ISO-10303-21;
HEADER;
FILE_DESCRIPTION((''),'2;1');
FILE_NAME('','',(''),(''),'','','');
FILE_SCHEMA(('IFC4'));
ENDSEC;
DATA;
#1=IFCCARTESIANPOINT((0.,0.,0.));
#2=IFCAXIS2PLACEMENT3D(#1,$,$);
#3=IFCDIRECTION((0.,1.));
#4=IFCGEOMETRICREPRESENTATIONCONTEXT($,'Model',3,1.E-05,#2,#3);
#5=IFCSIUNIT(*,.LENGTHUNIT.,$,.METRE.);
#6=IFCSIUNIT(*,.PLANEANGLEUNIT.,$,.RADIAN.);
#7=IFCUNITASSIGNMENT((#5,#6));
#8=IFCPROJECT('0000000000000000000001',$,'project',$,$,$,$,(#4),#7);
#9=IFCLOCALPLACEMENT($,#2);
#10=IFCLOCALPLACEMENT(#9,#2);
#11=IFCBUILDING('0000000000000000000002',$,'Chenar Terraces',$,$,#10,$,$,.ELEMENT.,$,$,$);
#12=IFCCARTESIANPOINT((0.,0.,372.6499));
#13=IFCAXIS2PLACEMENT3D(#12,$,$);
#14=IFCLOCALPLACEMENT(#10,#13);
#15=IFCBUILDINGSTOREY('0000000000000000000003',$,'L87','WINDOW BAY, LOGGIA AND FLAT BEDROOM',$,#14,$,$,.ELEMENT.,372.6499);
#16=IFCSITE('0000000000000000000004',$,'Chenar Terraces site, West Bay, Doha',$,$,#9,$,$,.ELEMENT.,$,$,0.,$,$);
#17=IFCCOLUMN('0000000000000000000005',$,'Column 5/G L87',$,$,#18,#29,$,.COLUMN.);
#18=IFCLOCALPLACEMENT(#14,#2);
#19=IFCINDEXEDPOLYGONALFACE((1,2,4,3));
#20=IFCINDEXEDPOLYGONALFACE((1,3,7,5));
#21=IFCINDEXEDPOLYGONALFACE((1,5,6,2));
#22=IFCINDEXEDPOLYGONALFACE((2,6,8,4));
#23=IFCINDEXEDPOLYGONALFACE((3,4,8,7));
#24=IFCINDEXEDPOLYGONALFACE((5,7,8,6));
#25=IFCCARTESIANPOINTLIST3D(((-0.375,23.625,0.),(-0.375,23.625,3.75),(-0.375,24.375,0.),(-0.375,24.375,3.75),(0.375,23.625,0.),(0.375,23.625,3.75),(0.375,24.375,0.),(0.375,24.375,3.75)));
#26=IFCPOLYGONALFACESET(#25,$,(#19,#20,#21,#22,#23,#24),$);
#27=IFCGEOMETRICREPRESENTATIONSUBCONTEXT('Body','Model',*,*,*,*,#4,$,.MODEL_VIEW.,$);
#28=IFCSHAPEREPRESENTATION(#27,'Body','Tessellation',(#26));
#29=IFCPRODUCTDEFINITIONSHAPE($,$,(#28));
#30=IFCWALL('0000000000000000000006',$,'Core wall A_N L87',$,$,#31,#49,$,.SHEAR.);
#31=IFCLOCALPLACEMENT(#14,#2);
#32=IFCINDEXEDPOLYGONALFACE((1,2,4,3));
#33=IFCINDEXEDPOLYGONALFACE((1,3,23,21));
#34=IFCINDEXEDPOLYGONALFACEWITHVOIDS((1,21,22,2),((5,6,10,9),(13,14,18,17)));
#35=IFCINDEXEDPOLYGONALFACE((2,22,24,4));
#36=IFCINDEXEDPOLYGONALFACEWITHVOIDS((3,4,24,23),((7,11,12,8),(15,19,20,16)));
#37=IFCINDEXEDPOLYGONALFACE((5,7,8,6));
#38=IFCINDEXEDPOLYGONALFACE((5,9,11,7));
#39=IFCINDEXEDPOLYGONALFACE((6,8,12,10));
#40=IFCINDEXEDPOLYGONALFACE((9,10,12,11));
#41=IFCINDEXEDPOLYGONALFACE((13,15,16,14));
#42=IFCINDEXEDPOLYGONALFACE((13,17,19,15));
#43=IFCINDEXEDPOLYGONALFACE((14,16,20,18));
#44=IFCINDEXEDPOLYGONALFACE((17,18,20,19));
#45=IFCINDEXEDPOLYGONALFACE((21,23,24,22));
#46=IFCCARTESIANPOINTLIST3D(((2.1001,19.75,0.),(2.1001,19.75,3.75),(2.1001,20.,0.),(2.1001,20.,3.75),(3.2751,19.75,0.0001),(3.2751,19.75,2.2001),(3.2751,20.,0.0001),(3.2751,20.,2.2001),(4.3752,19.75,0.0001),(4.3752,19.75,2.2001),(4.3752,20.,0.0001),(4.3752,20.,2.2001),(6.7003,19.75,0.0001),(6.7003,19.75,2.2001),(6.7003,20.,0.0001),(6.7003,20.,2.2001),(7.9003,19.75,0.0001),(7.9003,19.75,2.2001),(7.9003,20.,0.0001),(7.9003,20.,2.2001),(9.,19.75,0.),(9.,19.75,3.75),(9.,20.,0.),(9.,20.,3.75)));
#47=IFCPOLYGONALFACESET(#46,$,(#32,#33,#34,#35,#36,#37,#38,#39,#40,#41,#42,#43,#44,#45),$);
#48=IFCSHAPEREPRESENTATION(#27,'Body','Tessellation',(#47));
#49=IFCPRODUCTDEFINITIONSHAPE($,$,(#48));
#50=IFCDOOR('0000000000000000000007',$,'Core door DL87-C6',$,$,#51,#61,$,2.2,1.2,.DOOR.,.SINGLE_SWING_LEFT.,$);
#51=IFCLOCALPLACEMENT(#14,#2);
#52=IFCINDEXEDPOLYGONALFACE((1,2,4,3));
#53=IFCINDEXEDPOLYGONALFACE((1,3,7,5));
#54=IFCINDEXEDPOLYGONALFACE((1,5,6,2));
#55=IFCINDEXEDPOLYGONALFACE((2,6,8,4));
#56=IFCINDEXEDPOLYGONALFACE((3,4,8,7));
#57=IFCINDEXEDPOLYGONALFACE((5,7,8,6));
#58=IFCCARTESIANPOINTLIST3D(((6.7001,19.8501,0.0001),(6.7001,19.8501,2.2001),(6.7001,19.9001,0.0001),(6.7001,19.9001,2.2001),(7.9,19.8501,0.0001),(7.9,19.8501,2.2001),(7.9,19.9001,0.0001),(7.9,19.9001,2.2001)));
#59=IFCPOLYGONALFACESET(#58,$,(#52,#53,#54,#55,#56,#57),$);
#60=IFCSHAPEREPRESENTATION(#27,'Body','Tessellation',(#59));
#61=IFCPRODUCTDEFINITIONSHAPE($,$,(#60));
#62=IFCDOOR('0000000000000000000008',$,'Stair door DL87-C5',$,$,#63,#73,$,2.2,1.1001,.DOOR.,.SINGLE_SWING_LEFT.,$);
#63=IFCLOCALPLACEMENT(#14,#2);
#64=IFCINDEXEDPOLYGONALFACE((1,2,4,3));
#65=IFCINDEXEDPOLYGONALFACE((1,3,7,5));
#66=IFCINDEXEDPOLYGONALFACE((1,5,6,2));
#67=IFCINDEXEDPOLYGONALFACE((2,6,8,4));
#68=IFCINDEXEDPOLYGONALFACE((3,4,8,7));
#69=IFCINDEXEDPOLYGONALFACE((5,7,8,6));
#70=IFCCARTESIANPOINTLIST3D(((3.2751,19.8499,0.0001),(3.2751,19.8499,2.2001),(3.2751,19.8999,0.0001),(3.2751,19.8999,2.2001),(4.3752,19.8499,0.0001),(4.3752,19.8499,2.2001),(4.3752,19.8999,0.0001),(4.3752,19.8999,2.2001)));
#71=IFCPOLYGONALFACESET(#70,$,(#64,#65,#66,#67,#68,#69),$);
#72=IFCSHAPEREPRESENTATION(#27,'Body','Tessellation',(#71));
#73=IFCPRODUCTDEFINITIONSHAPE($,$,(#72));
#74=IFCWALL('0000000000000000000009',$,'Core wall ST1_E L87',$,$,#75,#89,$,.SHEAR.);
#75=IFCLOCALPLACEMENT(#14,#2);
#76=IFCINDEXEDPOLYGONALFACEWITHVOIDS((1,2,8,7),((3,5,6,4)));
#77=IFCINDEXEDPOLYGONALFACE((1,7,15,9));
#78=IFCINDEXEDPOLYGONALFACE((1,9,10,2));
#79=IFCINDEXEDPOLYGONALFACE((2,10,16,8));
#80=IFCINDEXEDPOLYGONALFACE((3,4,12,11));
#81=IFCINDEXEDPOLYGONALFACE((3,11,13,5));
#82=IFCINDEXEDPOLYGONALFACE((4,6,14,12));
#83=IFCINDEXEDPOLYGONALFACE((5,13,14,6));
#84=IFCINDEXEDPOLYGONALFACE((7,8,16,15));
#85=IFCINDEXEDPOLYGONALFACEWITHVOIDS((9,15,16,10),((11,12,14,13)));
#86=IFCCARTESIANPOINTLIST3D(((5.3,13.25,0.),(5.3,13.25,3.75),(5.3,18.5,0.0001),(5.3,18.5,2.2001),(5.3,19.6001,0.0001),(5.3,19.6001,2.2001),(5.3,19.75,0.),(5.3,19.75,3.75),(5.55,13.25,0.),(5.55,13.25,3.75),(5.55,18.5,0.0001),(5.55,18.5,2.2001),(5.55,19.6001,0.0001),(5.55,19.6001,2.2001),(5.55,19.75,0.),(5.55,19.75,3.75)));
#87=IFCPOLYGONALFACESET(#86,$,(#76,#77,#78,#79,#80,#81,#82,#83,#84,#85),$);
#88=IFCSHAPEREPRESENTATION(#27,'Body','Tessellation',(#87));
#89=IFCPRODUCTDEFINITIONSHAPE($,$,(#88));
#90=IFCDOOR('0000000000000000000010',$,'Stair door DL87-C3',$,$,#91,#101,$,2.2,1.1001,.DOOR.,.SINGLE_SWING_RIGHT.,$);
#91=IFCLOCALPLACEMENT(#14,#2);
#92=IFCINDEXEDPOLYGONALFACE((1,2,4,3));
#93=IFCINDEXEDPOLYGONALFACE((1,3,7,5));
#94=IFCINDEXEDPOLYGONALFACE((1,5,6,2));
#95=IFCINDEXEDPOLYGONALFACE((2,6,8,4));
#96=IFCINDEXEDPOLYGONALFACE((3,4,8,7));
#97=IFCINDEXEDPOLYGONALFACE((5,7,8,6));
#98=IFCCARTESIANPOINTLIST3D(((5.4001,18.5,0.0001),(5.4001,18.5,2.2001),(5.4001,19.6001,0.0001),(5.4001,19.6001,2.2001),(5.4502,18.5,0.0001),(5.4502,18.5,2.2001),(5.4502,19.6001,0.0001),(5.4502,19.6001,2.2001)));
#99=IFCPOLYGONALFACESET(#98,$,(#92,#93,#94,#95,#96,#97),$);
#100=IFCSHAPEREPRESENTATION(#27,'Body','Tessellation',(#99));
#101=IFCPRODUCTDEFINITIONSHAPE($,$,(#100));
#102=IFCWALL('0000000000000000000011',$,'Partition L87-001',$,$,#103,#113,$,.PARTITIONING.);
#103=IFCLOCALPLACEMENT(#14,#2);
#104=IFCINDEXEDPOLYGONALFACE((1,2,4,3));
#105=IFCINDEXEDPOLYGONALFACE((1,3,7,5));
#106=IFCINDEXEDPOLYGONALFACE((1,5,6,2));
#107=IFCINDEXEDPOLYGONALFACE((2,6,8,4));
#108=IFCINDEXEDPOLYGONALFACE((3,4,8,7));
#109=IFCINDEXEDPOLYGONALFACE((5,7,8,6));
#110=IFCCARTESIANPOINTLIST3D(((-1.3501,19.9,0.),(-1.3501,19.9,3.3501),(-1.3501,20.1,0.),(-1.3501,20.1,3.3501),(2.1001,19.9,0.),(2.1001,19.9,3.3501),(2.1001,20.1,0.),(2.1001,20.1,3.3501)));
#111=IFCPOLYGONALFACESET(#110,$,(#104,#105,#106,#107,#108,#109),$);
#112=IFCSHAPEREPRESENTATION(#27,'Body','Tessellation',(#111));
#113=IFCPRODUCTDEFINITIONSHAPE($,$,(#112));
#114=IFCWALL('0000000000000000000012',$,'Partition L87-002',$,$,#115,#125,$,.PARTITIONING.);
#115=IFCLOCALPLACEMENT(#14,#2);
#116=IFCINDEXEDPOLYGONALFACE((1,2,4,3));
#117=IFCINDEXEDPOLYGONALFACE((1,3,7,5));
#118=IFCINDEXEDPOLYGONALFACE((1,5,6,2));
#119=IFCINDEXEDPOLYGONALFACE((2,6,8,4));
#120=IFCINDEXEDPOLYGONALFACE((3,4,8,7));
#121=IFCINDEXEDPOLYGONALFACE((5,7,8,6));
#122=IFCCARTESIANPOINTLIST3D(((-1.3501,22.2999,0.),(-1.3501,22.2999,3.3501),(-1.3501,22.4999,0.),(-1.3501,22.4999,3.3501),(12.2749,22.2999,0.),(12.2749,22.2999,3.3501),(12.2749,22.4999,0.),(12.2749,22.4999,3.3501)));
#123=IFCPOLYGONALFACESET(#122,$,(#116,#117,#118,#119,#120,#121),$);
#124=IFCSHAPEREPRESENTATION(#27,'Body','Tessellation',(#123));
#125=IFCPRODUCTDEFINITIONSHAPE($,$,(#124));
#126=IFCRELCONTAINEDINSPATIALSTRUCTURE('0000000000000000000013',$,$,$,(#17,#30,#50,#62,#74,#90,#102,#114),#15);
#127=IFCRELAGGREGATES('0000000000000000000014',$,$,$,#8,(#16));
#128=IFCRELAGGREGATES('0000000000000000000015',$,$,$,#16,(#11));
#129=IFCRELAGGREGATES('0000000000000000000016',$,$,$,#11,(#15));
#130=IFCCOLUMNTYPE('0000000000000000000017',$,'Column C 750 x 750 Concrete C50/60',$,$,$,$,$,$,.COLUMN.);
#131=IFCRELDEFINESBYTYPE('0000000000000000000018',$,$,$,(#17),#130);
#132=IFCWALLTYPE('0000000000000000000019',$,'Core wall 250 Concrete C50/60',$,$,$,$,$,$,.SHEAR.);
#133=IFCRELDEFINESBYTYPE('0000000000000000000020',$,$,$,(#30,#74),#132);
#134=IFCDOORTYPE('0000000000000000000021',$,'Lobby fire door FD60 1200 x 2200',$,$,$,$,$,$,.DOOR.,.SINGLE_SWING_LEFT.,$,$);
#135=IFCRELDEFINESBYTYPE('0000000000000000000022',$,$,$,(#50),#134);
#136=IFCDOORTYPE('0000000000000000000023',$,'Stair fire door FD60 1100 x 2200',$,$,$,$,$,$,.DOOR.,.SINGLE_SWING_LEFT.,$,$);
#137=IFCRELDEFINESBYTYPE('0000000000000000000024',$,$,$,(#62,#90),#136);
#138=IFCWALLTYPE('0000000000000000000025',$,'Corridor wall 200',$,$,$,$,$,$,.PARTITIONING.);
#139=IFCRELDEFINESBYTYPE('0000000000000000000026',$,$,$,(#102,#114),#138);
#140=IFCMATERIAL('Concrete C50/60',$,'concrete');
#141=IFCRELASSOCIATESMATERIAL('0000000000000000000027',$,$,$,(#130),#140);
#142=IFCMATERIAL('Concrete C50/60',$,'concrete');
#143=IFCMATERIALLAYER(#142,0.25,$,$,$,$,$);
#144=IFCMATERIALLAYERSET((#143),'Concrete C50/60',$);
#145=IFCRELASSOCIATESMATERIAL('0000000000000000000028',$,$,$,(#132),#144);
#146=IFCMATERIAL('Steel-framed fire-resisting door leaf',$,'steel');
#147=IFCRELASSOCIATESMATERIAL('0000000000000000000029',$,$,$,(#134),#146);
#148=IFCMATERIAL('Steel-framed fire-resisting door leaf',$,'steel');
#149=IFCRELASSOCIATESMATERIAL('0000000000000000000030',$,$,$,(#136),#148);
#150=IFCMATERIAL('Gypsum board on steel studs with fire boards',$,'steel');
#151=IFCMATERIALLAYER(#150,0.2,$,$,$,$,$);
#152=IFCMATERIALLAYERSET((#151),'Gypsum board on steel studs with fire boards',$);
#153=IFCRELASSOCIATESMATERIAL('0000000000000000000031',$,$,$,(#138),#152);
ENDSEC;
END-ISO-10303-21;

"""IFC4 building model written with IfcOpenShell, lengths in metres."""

from ifc_helpers import new_model, si_unit, direction, frame, frame_2d, origin, origin_2d, place, context, subcontext, project, spatial, rectangle, extrude, material, layer, layer_set, material_profile, profile_set, type_object, element, fill, save


model = new_model("IFC4")

# Units and contexts
model_context = context("Model", 3, precision=1e-05, world=origin(), true_north=direction((0.0, 1.0)))
body_context = subcontext(model_context, "Body", "Model", "MODEL_VIEW")
ifc_project = project(units=[si_unit("LENGTHUNIT", "METRE"), si_unit("PLANEANGLEUNIT", "RADIAN")], contexts=[model_context])

# Site, building, storey
site_placement = place(None, origin())
site = spatial("IfcSite", under=ifc_project, at=site_placement, Name="Chenar Terraces site, West Bay, Doha", CompositionType="ELEMENT", RefElevation=0.0)
building_placement = place(site_placement, origin())
building = spatial("IfcBuilding", under=site, at=building_placement, Name="Chenar Terraces", CompositionType="ELEMENT")
storey_placement = place(building_placement, frame((0.0, 0.0, 372.6499)))
storey = spatial("IfcBuildingStorey", under=building, at=storey_placement, Name="L87", Description="WINDOW BAY, LOGGIA AND FLAT BEDROOM", CompositionType="ELEMENT", Elevation=372.6499)

# Column
ifc_material_1 = material(Name="Concrete C50/60", Category="concrete")
ifc_material_profile = material_profile(ifc_material_1, rectangle(XDim=0.75, YDim=0.75, at=origin_2d()), Name="C 750 x 750")
ifc_profile_set = profile_set([ifc_material_profile], Name="Concrete C50/60")
column_type = type_object("IfcColumnType", Name="Column C 750 x 750 Concrete C50/60", PredefinedType="COLUMN", material=ifc_profile_set)
column_placement = place(storey_placement, frame((0.0, 24.0, 0.0), z_axis=(0.0, 0.0, 1.0), x_axis=(1.0, 0.0, 0.0)))
element("IfcColumn", 1, at=column_placement, inside=storey, type_object=column_type, Name="Column 5/G L87", PredefinedType="COLUMN", context=body_context, shape_type="SweptSolid", body=[
    extrude(rectangle(XDim=0.75, YDim=0.75, at=origin_2d()), origin(), (0.0, 0.0, 1.0), 3.75),
])

# Wall, openings, doors
ifc_material_2 = material(Name="Concrete C50/60", Category="concrete")
ifc_layer_1 = layer(ifc_material_2, 0.25)
ifc_layer_set_1 = layer_set([ifc_layer_1], Name="Concrete C50/60")
wall_type_1 = type_object("IfcWallType", Name="Core wall 250 Concrete C50/60", PredefinedType="SHEAR", material=ifc_layer_set_1)
wall_1_placement = place(storey_placement, frame((2.1001, 19.875, 0.0), z_axis=(0.0, 0.0, 1.0), x_axis=(1.0, 0.0, 0.0)))
wall_1 = element("IfcWall", 2, at=wall_1_placement, inside=storey, type_object=wall_type_1, Name="Core wall A_N L87", PredefinedType="SHEAR", context=body_context, shape_type="SweptSolid", body=[
    extrude(rectangle(XDim=6.8999, YDim=0.25, at=frame_2d((3.45, 0.0))), origin(), (0.0, 0.0, 1.0), 3.75),
])
opening_1_placement = place(wall_1_placement, frame((1.175, 0.0, 0.0)))
opening_1 = element("IfcOpeningElement", 3, at=opening_1_placement, cuts=wall_1, PredefinedType="OPENING", context=body_context, shape_type="SweptSolid", body=[
    extrude(rectangle(XDim=1.1001, YDim=2.2, at=frame_2d((0.55, 1.1001))), frame((0.0, 0.135, 0.0), z_axis=(0.0, -1.0, 0.0), x_axis=(1.0, 0.0, 0.0)), (0.0, 0.0, 1.0), 0.27),
])
opening_2_placement = place(wall_1_placement, frame((4.6001, 0.0, 0.0)))
opening_2 = element("IfcOpeningElement", 4, at=opening_2_placement, cuts=wall_1, PredefinedType="OPENING", context=body_context, shape_type="SweptSolid", body=[
    extrude(rectangle(XDim=1.2, YDim=2.2, at=frame_2d((0.6001, 1.1001))), frame((0.0, 0.135, 0.0), z_axis=(0.0, -1.0, 0.0), x_axis=(1.0, 0.0, 0.0)), (0.0, 0.0, 1.0), 0.27),
])
ifc_material_3 = material(Name="Steel-framed fire-resisting door leaf", Category="steel")
door_type_1 = type_object("IfcDoorType", Name="Lobby fire door FD60 1200 x 2200", OperationType="SINGLE_SWING_LEFT", PredefinedType="DOOR", material=ifc_material_3)
door_1_placement = place(opening_2_placement, frame((1.2, 0.0, 0.0), z_axis=(0.0, 0.0, 1.0), x_axis=(-1.0, 0.0, 0.0)))
door_1 = element("IfcDoor", 5, at=door_1_placement, inside=storey, type_object=door_type_1, Name="Core door DL87-C6", OperationType="SINGLE_SWING_LEFT", OverallHeight=2.2, OverallWidth=1.2, PredefinedType="DOOR", context=body_context, shape_type="SweptSolid", body=[
    extrude(rectangle(XDim=1.2, YDim=2.2, at=frame_2d((0.6001, 1.1001))), frame((0.0, 0.0249, 0.0), z_axis=(0.0, -1.0, 0.0), x_axis=(1.0, 0.0, 0.0)), (0.0, 0.0, 1.0), 0.05),
])
fill(opening_2, door_1)
ifc_material_4 = material(Name="Steel-framed fire-resisting door leaf", Category="steel")
door_type_2 = type_object("IfcDoorType", Name="Stair fire door FD60 1100 x 2200", OperationType="SINGLE_SWING_LEFT", PredefinedType="DOOR", material=ifc_material_4)
door_2_placement = place(opening_1_placement, origin())
door_2 = element("IfcDoor", 6, at=door_2_placement, inside=storey, type_object=door_type_2, Name="Stair door DL87-C5", OperationType="SINGLE_SWING_LEFT", OverallHeight=2.2, OverallWidth=1.1001, PredefinedType="DOOR", context=body_context, shape_type="SweptSolid", body=[
    extrude(rectangle(XDim=1.1001, YDim=2.2, at=frame_2d((0.55, 1.1001))), frame((0.0, 0.0249, 0.0), z_axis=(0.0, -1.0, 0.0), x_axis=(1.0, 0.0, 0.0)), (0.0, 0.0, 1.0), 0.05),
])
fill(opening_1, door_2)

# Wall, opening, door
wall_2_placement = place(storey_placement, frame((5.425, 13.25, 0.0), z_axis=(0.0, 0.0, 1.0), x_axis=(0.0, 1.0, 0.0)))
wall_2 = element("IfcWall", 7, at=wall_2_placement, inside=storey, type_object=wall_type_1, Name="Core wall ST1_E L87", PredefinedType="SHEAR", context=body_context, shape_type="SweptSolid", body=[
    extrude(rectangle(XDim=6.5, YDim=0.25, at=frame_2d((3.25, 0.0))), origin(), (0.0, 0.0, 1.0), 3.75),
])
opening_3_placement = place(wall_2_placement, frame((5.25, 0.0, 0.0)))
opening_3 = element("IfcOpeningElement", 8, at=opening_3_placement, cuts=wall_2, PredefinedType="OPENING", context=body_context, shape_type="SweptSolid", body=[
    extrude(rectangle(XDim=1.1001, YDim=2.2, at=frame_2d((0.55, 1.1001))), frame((0.0, 0.135, 0.0), z_axis=(0.0, -1.0, 0.0), x_axis=(1.0, 0.0, 0.0)), (0.0, 0.0, 1.0), 0.27),
])
door_3_placement = place(opening_3_placement, origin())
door_3 = element("IfcDoor", 9, at=door_3_placement, inside=storey, type_object=door_type_2, Name="Stair door DL87-C3", OperationType="SINGLE_SWING_RIGHT", OverallHeight=2.2, OverallWidth=1.1001, PredefinedType="DOOR", context=body_context, shape_type="SweptSolid", body=[
    extrude(rectangle(XDim=1.1001, YDim=2.2, at=frame_2d((0.55, 1.1001))), frame((0.0, 0.0249, 0.0), z_axis=(0.0, -1.0, 0.0), x_axis=(1.0, 0.0, 0.0)), (0.0, 0.0, 1.0), 0.05),
])
fill(opening_3, door_3)

# Walls
ifc_material_5 = material(Name="Gypsum board on steel studs with fire boards", Category="steel")
ifc_layer_2 = layer(ifc_material_5, 0.2)
ifc_layer_set_2 = layer_set([ifc_layer_2], Name="Gypsum board on steel studs with fire boards")
wall_type_2 = type_object("IfcWallType", Name="Corridor wall 200", PredefinedType="PARTITIONING", material=ifc_layer_set_2)
wall_3_placement = place(storey_placement, frame((-1.3501, 20.0, 0.0), z_axis=(0.0, 0.0, 1.0), x_axis=(1.0, 0.0, 0.0)))
element("IfcWall", 10, at=wall_3_placement, inside=storey, type_object=wall_type_2, Name="Partition L87-001", PredefinedType="PARTITIONING", context=body_context, shape_type="SweptSolid", body=[
    extrude(rectangle(XDim=3.4502, YDim=0.2, at=frame_2d((1.7251, 0.0))), origin(), (0.0, 0.0, 1.0), 3.3501),
])
wall_4_placement = place(storey_placement, frame((-1.3501, 22.3999, 0.0), z_axis=(0.0, 0.0, 1.0), x_axis=(1.0, 0.0, 0.0)))
element("IfcWall", 11, at=wall_4_placement, inside=storey, type_object=wall_type_2, Name="Partition L87-002", PredefinedType="PARTITIONING", context=body_context, shape_type="SweptSolid", body=[
    extrude(rectangle(XDim=13.625, YDim=0.2, at=frame_2d((6.8125, 0.0))), origin(), (0.0, 0.0, 1.0), 3.3501),
])

save(model, "model.ifc")
